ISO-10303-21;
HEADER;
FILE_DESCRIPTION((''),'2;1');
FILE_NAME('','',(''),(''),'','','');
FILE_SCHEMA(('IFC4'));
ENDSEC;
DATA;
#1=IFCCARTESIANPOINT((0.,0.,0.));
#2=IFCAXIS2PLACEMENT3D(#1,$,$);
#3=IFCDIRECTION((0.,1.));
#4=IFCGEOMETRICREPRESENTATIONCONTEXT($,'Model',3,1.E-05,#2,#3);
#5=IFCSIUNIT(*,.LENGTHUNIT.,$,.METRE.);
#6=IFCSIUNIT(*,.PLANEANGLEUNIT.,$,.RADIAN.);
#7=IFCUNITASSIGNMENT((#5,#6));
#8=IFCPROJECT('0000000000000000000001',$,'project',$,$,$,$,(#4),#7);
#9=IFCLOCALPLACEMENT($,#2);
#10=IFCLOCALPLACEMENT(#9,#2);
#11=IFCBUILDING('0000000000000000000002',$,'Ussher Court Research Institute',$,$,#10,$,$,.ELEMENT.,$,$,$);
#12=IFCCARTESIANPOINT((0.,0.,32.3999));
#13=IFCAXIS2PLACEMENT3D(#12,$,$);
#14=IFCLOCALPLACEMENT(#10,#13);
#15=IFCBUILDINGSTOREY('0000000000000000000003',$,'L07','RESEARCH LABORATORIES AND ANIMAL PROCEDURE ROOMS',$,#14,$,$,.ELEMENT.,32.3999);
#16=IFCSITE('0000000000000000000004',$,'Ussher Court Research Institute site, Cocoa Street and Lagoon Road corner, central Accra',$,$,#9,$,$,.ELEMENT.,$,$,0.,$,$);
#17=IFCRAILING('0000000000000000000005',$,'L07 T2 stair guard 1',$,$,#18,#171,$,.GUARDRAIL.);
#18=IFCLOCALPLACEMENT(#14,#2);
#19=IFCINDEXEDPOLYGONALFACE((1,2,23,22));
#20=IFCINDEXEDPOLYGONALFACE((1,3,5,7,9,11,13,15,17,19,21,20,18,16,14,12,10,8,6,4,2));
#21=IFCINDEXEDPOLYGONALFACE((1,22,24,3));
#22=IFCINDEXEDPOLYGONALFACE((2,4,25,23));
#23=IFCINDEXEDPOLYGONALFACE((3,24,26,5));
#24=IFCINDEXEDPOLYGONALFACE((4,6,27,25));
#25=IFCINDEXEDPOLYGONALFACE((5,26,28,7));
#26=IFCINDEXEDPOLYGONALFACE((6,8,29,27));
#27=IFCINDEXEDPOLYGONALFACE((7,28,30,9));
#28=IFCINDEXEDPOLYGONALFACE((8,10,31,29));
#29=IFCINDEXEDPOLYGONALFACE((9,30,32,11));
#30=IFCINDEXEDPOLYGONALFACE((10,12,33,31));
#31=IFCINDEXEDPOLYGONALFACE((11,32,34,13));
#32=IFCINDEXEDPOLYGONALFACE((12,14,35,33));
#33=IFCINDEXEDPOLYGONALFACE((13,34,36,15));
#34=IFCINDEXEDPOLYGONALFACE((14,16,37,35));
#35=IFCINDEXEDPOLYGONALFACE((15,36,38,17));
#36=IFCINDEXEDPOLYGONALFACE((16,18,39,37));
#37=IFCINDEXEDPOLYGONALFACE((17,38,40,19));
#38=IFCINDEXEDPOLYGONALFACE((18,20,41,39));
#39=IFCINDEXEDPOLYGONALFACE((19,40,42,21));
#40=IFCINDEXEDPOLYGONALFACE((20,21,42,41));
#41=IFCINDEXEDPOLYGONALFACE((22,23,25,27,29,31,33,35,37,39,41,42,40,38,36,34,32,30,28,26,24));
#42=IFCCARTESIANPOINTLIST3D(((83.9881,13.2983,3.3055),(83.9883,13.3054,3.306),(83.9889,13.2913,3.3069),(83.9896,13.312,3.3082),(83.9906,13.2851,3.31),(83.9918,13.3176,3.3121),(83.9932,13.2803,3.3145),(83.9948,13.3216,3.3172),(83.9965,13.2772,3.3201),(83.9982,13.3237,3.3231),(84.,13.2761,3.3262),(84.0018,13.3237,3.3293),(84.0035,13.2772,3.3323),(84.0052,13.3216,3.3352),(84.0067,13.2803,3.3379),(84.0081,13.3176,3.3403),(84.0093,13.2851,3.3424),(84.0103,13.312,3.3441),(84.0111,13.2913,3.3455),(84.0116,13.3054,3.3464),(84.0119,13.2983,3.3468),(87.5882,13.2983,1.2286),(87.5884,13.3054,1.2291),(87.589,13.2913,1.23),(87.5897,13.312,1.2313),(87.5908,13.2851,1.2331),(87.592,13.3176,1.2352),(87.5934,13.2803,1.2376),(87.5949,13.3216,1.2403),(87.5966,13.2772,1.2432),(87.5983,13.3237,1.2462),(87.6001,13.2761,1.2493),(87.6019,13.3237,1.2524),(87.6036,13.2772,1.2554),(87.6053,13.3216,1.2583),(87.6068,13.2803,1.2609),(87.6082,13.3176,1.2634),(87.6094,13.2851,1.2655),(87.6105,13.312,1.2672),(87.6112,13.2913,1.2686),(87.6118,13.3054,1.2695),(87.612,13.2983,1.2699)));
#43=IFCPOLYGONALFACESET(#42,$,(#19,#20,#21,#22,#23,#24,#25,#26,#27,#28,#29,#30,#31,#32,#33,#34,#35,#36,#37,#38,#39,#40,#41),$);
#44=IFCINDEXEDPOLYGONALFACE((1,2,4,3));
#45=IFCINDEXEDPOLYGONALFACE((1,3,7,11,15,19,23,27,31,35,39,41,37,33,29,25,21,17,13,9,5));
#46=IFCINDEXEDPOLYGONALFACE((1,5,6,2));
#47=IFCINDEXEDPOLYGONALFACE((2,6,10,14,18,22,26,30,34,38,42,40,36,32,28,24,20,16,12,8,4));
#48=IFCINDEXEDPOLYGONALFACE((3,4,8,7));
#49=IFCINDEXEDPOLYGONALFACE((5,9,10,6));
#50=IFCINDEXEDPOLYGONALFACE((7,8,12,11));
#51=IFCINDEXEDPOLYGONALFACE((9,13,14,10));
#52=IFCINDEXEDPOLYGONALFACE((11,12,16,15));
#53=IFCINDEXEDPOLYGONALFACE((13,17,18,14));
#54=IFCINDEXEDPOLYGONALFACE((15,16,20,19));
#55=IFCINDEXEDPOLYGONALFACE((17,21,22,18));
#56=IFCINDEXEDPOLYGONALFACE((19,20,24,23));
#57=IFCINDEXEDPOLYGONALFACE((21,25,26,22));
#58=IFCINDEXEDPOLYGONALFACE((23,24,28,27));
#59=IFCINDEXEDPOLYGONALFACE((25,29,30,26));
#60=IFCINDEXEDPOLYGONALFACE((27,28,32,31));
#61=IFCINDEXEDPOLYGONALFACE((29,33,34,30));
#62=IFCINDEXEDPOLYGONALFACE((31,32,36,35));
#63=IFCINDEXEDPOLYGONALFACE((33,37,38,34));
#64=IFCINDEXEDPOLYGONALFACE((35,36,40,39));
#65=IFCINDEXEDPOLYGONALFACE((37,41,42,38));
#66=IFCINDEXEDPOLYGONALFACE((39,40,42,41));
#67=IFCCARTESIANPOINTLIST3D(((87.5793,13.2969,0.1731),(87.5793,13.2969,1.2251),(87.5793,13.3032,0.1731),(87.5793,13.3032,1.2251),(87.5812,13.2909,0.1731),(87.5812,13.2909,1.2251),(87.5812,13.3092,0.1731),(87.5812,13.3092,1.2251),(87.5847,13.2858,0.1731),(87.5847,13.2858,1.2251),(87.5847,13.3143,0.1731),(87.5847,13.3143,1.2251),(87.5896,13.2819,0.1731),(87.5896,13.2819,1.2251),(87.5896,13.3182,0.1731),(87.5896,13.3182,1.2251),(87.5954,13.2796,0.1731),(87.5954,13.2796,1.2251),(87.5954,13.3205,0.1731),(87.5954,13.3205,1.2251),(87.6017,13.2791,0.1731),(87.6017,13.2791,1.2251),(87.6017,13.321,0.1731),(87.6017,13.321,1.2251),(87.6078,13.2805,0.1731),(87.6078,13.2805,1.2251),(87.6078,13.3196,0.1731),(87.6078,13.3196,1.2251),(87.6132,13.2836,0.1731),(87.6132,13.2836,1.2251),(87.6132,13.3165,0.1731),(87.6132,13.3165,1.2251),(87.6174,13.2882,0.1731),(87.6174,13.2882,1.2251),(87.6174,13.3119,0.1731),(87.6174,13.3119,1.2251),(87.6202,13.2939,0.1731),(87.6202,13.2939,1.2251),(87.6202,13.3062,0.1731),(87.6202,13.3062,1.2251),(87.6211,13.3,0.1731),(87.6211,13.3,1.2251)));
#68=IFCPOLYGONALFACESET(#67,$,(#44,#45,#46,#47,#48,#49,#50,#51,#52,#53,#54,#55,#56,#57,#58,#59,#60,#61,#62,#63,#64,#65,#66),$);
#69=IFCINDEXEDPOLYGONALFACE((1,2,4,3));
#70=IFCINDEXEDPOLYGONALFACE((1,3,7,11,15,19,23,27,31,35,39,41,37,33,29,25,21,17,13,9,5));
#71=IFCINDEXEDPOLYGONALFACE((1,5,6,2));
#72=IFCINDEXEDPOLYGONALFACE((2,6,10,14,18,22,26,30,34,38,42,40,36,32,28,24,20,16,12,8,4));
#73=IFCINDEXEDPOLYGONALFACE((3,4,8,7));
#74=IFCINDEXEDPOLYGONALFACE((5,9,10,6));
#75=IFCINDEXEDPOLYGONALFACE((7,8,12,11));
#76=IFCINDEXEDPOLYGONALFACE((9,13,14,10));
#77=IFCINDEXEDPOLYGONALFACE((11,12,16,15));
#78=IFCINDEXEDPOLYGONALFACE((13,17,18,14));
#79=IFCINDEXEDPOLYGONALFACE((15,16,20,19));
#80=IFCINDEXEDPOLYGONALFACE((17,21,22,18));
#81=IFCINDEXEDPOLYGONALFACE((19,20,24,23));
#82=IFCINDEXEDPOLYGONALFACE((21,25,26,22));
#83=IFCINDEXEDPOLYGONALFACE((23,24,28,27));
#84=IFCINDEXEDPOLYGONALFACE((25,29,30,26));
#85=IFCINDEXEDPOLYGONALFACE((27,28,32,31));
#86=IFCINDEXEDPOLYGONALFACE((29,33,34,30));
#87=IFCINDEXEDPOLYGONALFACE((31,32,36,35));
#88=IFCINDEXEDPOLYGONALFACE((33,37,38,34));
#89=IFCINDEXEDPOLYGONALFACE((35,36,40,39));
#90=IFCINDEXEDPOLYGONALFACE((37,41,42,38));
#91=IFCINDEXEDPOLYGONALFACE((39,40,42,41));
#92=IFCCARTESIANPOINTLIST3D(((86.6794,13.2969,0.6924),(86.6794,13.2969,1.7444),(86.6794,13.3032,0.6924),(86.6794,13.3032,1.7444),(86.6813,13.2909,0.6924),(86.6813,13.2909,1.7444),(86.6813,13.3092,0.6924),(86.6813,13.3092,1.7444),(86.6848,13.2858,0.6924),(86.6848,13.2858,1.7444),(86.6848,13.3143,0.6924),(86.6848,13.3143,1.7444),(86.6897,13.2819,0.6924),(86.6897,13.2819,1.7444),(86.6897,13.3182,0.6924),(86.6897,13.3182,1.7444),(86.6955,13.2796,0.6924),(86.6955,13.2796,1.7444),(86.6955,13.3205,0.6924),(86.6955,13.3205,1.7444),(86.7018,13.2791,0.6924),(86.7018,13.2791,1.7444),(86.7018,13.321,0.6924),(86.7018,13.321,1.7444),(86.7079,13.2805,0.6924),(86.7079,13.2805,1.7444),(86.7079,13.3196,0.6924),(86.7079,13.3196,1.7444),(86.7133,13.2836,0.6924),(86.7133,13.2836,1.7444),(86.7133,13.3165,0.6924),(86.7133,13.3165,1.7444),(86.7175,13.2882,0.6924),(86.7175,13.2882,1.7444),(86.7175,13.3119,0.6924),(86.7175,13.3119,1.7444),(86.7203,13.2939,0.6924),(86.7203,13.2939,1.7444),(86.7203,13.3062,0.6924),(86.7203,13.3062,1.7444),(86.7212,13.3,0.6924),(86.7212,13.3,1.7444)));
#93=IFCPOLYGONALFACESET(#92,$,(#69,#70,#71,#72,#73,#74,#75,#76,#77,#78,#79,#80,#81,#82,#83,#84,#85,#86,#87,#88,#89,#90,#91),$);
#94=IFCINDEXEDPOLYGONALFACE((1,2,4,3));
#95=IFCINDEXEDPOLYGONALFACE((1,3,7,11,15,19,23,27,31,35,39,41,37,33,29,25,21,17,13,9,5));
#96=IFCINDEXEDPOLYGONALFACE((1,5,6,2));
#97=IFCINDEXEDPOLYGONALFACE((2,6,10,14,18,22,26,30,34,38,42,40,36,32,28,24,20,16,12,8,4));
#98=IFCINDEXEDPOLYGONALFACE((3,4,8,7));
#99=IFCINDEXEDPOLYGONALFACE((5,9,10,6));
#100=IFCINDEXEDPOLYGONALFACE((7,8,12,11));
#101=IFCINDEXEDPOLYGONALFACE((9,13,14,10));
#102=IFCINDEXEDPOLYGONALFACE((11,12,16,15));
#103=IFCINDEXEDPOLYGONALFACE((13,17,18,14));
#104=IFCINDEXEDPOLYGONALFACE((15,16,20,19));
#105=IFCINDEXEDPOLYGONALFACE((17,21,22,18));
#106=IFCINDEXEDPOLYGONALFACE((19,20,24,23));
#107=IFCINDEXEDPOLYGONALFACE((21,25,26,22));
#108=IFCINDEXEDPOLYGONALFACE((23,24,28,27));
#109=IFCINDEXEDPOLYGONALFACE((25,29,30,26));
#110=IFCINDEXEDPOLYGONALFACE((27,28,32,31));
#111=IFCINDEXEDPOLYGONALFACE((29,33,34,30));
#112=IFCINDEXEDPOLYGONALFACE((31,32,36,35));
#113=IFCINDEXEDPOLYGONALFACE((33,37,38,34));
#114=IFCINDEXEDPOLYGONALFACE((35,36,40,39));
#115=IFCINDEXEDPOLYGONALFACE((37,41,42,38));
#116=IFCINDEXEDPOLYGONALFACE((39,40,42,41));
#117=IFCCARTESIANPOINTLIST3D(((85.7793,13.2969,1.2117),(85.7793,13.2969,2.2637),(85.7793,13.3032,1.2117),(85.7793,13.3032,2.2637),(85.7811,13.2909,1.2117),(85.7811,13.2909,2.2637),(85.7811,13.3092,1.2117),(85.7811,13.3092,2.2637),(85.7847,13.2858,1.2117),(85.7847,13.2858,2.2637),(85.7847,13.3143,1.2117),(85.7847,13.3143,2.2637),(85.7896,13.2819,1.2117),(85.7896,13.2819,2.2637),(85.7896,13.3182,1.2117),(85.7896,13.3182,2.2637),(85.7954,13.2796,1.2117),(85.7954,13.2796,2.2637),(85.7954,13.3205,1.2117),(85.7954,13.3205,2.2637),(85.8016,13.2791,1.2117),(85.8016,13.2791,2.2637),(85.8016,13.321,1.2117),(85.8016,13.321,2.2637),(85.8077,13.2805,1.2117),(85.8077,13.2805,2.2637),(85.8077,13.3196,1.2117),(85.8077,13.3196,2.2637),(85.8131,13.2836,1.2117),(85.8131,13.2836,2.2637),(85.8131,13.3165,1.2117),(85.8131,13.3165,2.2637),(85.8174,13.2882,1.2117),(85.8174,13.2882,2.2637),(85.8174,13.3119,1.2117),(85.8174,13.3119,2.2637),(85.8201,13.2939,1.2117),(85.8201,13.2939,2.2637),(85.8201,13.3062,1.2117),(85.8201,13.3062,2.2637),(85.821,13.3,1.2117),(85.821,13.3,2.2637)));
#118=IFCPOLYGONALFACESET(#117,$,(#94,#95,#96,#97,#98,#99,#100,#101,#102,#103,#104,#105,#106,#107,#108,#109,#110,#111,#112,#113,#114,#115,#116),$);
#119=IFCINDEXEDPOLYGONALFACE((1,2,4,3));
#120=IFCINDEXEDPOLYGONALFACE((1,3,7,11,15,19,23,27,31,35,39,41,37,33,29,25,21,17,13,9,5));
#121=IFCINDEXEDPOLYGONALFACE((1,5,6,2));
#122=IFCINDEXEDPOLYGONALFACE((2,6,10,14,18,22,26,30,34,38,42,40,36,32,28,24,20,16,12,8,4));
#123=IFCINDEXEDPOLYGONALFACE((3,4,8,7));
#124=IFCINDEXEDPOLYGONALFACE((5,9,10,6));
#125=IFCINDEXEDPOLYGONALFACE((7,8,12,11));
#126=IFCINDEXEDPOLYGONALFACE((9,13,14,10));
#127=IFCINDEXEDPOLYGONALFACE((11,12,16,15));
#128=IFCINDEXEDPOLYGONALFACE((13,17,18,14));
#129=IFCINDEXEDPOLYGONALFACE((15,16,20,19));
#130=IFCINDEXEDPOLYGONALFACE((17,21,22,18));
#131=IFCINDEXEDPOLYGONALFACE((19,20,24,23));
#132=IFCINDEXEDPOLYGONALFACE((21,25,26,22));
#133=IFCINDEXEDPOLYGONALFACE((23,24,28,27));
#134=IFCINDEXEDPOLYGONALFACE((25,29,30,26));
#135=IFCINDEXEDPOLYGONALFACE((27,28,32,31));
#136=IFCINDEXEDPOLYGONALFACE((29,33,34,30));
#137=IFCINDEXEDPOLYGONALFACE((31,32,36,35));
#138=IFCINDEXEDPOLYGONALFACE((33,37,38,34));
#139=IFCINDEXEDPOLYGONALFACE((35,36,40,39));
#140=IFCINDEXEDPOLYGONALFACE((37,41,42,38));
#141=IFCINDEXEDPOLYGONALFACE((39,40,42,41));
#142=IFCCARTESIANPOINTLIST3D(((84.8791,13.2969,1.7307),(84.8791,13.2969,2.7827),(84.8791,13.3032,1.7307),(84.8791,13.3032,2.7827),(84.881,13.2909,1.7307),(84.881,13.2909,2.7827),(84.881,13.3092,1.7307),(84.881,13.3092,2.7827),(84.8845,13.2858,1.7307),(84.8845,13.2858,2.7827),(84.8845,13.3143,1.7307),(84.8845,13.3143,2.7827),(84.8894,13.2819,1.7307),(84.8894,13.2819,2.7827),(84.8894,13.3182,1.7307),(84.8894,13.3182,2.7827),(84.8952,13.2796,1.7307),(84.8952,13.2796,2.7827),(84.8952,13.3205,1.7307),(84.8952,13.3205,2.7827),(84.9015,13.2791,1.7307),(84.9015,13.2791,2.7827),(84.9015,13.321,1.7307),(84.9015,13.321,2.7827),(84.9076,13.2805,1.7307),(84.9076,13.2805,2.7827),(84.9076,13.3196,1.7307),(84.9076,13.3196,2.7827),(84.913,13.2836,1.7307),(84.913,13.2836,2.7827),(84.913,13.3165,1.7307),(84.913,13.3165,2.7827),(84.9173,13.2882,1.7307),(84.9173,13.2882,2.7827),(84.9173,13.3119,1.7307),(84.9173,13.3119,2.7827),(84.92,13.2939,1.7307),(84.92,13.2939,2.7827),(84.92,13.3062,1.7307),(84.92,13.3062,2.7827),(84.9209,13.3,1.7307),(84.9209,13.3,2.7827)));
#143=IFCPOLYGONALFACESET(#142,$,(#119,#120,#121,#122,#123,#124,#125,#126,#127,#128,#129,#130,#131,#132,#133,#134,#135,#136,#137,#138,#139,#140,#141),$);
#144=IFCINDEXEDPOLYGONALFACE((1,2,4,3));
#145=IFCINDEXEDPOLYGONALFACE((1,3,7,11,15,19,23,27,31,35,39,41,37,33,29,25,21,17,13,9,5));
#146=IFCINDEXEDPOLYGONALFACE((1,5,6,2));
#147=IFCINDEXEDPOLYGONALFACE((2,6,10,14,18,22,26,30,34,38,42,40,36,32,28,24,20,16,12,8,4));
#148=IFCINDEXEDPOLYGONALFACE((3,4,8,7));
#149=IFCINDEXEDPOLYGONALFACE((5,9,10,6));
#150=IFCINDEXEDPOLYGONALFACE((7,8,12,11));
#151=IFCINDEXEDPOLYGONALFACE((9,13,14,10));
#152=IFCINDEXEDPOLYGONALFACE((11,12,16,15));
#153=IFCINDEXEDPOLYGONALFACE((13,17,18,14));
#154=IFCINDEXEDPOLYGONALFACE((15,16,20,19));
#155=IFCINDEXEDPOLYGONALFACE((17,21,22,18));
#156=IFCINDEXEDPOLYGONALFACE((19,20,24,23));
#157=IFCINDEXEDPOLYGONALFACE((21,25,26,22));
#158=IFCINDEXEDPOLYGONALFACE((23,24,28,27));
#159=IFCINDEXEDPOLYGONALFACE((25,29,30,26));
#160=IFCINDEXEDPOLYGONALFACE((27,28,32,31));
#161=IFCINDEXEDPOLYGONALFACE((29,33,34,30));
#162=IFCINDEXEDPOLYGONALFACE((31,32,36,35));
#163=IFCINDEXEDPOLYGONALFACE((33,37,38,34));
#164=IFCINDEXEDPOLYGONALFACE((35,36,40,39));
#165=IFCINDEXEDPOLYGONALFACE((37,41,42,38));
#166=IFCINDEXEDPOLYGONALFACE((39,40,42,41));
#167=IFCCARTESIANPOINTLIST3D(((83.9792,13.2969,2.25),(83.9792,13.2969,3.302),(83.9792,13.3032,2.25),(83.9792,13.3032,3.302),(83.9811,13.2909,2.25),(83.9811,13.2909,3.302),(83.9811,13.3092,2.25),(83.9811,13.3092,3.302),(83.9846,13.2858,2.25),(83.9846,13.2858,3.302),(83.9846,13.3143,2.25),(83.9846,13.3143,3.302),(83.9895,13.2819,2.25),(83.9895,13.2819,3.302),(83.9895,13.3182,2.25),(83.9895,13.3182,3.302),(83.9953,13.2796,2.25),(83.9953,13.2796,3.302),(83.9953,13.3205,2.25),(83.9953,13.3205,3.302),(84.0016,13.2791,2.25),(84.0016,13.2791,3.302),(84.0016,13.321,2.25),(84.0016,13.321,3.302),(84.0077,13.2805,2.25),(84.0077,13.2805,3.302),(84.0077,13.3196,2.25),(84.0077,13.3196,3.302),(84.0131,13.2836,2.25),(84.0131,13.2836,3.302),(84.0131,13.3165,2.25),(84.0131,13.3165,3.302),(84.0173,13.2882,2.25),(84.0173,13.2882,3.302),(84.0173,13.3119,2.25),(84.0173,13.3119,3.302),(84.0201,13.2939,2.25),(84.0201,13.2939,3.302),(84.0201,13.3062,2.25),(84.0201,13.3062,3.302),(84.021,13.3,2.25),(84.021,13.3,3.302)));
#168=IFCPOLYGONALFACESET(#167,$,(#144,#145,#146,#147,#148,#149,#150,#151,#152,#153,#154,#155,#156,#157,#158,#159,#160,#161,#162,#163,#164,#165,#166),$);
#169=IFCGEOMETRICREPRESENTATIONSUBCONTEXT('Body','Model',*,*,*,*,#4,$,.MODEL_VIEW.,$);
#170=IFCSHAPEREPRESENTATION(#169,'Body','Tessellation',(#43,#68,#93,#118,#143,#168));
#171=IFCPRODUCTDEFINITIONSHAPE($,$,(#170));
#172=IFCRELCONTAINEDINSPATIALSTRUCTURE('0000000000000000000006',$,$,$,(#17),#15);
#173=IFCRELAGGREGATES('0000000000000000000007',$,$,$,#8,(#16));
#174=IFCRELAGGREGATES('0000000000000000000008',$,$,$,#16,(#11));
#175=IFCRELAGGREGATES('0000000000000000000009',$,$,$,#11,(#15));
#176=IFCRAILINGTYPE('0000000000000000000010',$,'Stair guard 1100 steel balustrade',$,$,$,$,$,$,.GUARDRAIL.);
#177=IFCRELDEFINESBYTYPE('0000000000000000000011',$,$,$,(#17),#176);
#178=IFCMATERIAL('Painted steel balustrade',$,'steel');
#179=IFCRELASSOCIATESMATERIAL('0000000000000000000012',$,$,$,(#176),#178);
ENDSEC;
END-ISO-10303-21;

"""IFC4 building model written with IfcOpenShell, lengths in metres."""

from ifc_helpers import new_model, si_unit, direction, frame, origin, origin_2d, place, context, subcontext, project, spatial, circle, extrude, material, type_object, element, save


model = new_model("IFC4")

# Units and contexts
model_context = context("Model", 3, precision=1e-05, world=origin(), true_north=direction((0.0, 1.0)))
body_context = subcontext(model_context, "Body", "Model", "MODEL_VIEW")
ifc_project = project(units=[si_unit("LENGTHUNIT", "METRE"), si_unit("PLANEANGLEUNIT", "RADIAN")], contexts=[model_context])

# Site, building, storey
site_placement = place(None, origin())
site = spatial("IfcSite", under=ifc_project, at=site_placement, Name="Ussher Court Research Institute site, Cocoa Street and Lagoon Road corner, central Accra", CompositionType="ELEMENT", RefElevation=0.0)
building_placement = place(site_placement, origin())
building = spatial("IfcBuilding", under=site, at=building_placement, Name="Ussher Court Research Institute", CompositionType="ELEMENT")
storey_placement = place(building_placement, frame((0.0, 0.0, 32.3999)))
storey = spatial("IfcBuildingStorey", under=building, at=storey_placement, Name="L07", Description="RESEARCH LABORATORIES AND ANIMAL PROCEDURE ROOMS", CompositionType="ELEMENT", Elevation=32.3999)

# Railing
ifc_material_1 = material(Name="Painted steel balustrade", Category="steel")
railing_type_1 = type_object("IfcRailingType", Name="Stair guard 1100 steel balustrade", PredefinedType="GUARDRAIL", material=ifc_material_1)
railing_1_placement = place(storey_placement, frame((87.6001, 13.3, 0.1731)))
element("IfcRailing", 1, at=railing_1_placement, inside=storey, type_object=railing_type_1, Name="L07 T2 stair guard 1", PredefinedType="GUARDRAIL", context=body_context, shape_type="SweptSolid", body=[
    extrude(circle(Radius=0.0239, at=origin_2d()), frame((0.0, 0.0, 1.0762), z_axis=(-0.866193, 0.0, 0.499709), x_axis=(0.0, -1.0, 0.0)), (0.0, 0.0, 1.0), 4.1562),
    extrude(circle(Radius=0.021, at=origin_2d()), origin(), (0.0, 0.0, 1.0), 1.052),
    extrude(circle(Radius=0.021, at=origin_2d()), frame((-0.8999, 0.0, 0.5193)), (0.0, 0.0, 1.0), 1.052),
    extrude(circle(Radius=0.021, at=origin_2d()), frame((-1.8, 0.0, 1.0386)), (0.0, 0.0, 1.0), 1.052),
    extrude(circle(Radius=0.021, at=origin_2d()), frame((-2.7002, 0.0, 1.5576)), (0.0, 0.0, 1.0), 1.052),
    extrude(circle(Radius=0.021, at=origin_2d()), frame((-3.6001, 0.0, 2.0769)), (0.0, 0.0, 1.0), 1.052),
])

save(model, "model.ifc")
